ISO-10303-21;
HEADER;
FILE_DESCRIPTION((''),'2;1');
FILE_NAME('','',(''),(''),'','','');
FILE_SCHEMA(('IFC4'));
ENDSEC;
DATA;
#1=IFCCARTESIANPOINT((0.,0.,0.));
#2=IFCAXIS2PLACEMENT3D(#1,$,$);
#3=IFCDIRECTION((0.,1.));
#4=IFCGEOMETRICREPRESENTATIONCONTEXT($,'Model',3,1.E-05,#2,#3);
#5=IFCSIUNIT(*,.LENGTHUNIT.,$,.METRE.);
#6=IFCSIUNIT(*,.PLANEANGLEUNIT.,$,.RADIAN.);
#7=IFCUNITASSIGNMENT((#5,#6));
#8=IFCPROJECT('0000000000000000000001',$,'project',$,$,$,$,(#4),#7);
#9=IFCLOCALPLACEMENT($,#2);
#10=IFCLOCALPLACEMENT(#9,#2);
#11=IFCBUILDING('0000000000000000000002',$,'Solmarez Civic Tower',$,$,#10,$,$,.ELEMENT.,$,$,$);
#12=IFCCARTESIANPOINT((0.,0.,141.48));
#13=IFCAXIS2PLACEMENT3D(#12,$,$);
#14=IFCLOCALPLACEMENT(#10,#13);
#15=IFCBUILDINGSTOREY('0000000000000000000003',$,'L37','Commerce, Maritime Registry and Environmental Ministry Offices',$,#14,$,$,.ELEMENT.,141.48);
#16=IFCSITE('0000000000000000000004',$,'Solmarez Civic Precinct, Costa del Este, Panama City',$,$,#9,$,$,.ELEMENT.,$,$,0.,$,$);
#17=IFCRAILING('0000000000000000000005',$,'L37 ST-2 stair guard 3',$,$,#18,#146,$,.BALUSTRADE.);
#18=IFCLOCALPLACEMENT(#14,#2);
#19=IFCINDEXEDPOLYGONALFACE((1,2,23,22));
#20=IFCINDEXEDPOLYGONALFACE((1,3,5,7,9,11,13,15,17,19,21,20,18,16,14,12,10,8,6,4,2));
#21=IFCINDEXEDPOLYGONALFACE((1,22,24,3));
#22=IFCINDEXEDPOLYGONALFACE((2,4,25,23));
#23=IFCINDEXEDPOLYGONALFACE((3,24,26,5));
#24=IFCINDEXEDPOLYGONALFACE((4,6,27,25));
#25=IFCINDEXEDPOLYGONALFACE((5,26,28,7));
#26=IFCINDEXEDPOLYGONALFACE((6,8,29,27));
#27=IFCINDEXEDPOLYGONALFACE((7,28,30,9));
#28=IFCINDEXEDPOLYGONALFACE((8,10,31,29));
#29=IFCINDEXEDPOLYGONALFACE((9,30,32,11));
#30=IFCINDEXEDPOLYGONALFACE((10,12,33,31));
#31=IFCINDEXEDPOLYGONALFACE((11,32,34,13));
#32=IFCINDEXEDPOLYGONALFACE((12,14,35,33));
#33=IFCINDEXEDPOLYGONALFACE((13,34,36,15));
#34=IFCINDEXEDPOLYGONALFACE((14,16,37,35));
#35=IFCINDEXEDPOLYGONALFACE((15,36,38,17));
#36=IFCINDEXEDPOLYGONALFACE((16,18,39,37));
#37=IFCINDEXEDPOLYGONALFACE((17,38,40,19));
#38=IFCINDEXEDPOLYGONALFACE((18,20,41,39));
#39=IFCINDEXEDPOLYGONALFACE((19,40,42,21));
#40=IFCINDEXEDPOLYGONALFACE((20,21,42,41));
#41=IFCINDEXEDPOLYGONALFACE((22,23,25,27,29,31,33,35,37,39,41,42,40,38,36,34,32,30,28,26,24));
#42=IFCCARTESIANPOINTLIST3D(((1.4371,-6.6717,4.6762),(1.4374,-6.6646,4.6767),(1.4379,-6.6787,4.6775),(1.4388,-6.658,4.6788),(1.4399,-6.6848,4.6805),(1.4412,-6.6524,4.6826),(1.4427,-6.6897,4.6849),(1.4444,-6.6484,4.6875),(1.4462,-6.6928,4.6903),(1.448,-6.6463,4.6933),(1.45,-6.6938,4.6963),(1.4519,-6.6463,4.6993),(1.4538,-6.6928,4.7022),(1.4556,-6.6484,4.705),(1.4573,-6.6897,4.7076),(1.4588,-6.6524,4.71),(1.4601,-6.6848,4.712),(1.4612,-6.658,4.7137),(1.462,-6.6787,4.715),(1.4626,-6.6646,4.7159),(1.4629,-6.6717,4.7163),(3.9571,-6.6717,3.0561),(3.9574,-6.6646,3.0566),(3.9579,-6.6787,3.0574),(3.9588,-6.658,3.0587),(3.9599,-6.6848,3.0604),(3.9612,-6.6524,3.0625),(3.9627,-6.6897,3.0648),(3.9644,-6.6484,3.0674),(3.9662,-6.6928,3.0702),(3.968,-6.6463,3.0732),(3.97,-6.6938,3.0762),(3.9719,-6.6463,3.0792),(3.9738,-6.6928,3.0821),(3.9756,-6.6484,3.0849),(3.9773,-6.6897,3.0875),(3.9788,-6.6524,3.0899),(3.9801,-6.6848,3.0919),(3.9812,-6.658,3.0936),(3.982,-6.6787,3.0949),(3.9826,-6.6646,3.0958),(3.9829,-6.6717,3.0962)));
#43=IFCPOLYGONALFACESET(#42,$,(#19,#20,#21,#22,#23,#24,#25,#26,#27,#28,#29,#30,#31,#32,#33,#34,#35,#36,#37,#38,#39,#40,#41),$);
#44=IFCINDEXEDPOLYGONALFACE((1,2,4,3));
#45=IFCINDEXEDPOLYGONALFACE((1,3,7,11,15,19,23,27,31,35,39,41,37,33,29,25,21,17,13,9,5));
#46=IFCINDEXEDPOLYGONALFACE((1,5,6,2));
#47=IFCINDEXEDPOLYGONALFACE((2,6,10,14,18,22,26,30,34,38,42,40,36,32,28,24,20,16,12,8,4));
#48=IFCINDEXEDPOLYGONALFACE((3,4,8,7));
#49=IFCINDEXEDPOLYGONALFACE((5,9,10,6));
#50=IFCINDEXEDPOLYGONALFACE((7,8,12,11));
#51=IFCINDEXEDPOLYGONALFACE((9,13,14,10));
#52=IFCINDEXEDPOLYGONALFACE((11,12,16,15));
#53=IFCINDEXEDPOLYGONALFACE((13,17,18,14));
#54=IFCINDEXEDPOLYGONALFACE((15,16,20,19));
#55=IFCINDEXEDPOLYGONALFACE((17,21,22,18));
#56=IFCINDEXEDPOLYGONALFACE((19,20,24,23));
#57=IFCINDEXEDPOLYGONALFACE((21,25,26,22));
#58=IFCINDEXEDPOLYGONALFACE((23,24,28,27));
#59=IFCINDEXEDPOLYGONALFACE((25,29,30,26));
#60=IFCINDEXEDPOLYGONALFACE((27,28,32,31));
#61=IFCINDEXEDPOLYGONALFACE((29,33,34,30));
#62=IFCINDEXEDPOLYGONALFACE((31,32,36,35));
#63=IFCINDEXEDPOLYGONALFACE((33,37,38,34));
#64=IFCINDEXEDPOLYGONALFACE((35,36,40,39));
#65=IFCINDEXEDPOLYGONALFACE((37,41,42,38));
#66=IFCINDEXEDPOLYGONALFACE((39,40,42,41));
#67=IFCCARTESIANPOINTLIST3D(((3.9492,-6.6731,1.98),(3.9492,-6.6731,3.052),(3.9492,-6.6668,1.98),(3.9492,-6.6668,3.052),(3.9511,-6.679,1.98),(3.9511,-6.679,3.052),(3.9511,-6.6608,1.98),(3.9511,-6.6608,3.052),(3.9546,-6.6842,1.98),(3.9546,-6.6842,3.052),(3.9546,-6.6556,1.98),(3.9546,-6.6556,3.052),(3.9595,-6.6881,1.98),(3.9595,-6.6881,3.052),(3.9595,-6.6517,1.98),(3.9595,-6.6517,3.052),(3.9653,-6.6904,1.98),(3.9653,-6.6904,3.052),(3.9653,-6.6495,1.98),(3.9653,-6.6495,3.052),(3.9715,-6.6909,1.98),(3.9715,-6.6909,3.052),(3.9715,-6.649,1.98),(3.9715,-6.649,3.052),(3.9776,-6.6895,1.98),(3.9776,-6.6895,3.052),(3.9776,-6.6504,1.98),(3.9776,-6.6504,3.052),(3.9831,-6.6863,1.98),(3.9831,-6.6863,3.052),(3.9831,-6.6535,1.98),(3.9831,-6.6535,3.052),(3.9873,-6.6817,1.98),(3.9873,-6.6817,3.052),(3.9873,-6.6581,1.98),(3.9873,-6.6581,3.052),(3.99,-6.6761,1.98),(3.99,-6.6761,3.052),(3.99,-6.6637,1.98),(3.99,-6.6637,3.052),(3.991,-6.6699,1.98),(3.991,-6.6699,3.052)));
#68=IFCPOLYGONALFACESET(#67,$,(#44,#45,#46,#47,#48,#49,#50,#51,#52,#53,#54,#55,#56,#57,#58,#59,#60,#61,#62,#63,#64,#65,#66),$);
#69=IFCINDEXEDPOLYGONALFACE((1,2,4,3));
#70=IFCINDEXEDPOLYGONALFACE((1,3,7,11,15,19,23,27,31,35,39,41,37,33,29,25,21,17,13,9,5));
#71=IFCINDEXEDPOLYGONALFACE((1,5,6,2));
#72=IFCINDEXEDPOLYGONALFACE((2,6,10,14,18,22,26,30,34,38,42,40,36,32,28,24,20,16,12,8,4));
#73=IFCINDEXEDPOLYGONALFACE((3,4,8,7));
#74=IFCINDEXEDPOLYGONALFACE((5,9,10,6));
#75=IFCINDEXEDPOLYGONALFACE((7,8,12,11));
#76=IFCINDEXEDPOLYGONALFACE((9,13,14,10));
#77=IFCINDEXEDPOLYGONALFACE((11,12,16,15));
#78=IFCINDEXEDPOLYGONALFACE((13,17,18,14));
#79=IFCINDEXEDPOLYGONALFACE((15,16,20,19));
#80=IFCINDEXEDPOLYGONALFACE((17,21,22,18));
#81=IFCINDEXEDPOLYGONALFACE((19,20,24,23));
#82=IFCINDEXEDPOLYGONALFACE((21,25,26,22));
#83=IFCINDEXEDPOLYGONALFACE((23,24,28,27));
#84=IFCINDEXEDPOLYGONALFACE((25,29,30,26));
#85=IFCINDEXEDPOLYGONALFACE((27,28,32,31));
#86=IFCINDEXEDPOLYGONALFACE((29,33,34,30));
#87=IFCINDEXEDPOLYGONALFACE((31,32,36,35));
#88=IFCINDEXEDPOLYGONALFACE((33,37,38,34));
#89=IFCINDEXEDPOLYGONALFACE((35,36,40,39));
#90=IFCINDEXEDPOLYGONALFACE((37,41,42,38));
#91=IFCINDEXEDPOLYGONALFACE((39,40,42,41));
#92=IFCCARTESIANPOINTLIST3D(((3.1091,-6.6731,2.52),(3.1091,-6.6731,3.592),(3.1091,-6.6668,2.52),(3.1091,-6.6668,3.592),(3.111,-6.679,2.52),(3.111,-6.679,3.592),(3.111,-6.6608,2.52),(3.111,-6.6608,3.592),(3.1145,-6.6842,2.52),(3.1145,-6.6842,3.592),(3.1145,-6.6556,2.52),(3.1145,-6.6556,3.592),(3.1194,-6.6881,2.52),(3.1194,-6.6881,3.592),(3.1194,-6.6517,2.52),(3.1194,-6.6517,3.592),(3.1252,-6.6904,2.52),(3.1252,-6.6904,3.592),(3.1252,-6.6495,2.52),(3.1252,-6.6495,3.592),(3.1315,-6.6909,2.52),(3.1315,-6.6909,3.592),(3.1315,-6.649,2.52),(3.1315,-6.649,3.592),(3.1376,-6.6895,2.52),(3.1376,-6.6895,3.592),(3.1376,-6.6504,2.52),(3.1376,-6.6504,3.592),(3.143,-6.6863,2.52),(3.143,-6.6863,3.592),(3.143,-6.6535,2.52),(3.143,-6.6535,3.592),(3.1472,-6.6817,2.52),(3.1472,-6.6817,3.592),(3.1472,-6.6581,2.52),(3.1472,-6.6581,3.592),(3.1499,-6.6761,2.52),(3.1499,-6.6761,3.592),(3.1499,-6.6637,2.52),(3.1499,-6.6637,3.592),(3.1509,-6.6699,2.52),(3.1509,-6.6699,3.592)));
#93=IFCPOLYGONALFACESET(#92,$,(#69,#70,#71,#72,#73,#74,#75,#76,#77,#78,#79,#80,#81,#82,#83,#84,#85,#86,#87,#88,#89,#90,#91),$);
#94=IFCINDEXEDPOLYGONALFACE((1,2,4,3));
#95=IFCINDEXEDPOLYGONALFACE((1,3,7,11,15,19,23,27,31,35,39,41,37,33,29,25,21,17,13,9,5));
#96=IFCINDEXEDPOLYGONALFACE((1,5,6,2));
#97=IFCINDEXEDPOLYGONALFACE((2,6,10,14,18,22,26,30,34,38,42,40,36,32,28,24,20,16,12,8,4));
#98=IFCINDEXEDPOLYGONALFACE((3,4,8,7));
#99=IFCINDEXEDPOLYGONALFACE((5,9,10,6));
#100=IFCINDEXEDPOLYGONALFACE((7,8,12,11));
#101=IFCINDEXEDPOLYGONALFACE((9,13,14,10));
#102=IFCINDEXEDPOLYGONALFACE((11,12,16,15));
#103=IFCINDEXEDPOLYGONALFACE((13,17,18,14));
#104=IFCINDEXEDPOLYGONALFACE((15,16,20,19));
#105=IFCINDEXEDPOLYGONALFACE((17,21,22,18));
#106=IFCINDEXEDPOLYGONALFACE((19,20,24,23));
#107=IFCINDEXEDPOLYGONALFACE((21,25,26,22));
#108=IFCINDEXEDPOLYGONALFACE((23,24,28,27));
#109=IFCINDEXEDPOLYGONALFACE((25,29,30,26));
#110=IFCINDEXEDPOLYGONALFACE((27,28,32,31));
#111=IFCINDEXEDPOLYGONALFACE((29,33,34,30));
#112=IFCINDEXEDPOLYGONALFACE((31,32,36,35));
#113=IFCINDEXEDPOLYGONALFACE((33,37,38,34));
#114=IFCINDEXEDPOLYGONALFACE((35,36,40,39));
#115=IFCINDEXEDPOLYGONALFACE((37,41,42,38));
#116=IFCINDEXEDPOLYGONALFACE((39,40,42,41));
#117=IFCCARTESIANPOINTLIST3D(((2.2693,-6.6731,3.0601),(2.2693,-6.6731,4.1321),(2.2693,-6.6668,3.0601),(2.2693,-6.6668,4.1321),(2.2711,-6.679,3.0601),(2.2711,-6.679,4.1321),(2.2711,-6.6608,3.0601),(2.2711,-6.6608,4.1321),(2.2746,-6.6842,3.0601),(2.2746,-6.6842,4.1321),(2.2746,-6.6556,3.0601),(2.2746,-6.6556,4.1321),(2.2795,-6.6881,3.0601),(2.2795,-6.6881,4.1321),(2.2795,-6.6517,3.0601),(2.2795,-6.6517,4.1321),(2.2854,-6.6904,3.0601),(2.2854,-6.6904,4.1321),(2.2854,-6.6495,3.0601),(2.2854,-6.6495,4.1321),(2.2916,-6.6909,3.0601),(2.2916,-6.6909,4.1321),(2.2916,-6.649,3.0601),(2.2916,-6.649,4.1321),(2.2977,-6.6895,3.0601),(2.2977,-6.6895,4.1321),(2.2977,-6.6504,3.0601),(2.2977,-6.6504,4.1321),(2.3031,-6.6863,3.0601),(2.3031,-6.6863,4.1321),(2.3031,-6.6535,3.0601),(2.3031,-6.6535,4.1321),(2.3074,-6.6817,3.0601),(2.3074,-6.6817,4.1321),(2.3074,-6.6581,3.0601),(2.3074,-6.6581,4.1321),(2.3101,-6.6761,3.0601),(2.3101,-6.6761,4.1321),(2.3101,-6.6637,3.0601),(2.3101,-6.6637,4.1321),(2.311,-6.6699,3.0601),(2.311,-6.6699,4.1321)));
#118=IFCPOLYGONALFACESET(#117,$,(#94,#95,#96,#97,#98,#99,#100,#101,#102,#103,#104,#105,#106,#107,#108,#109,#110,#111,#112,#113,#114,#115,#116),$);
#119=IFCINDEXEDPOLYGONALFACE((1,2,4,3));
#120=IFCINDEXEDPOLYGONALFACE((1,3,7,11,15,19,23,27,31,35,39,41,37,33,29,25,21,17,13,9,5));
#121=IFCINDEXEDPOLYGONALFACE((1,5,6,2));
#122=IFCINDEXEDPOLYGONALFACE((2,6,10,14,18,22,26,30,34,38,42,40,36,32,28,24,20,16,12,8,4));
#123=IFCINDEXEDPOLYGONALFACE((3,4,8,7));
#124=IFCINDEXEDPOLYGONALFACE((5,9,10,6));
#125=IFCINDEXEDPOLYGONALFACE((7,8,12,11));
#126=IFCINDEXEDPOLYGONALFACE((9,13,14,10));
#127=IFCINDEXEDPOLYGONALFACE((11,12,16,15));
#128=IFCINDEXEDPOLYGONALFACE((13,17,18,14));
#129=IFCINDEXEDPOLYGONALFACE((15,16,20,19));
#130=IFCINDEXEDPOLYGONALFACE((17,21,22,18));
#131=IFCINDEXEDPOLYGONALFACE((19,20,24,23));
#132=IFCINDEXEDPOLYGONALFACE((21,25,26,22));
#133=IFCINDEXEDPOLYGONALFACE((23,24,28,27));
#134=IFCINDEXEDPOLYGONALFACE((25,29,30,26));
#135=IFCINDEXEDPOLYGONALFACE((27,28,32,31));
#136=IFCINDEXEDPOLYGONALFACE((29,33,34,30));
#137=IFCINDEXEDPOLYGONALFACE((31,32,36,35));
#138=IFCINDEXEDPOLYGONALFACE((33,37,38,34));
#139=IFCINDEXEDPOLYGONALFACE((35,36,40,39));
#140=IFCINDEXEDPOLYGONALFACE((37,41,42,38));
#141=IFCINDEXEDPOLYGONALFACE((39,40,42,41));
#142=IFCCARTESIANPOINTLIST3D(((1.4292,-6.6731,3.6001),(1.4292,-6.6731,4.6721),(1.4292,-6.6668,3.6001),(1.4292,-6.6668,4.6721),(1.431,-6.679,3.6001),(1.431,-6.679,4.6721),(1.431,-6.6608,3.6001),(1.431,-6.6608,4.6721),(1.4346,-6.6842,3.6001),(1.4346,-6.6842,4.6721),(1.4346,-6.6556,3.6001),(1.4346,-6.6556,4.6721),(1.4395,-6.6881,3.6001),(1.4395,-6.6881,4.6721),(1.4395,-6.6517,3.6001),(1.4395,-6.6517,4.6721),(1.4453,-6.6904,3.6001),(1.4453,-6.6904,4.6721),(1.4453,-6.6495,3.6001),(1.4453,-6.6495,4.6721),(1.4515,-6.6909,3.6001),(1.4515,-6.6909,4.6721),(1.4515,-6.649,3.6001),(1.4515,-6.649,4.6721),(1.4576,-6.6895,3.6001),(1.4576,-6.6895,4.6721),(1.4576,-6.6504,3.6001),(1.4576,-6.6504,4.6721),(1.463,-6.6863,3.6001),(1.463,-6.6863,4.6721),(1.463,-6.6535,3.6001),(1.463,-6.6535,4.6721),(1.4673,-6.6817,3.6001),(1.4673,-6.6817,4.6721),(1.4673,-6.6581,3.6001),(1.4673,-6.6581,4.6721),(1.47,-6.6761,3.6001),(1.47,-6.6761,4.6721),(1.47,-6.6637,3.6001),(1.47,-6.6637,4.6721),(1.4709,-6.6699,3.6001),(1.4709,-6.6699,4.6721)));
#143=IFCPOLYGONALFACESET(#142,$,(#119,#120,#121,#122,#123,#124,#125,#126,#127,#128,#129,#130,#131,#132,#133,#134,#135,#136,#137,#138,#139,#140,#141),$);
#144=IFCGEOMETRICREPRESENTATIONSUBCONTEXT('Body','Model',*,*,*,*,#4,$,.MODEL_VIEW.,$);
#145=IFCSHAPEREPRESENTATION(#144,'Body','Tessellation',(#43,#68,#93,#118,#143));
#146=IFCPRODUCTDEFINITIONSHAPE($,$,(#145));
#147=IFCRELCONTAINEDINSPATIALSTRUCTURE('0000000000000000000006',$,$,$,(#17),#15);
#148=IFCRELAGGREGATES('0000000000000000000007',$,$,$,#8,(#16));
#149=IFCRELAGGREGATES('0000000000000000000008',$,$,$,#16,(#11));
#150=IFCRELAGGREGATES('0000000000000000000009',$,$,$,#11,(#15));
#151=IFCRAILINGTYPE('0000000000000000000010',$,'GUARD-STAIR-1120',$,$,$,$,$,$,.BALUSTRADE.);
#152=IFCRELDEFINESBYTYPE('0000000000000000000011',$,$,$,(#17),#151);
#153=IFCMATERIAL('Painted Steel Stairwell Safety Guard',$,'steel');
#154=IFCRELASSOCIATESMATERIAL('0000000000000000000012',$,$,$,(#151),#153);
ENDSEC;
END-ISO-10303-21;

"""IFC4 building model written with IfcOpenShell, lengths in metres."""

from ifc_helpers import new_model, si_unit, direction, frame, origin, origin_2d, place, context, subcontext, project, spatial, circle, extrude, material, type_object, element, save


model = new_model("IFC4")

# Units and contexts
model_context = context("Model", 3, precision=1e-05, world=origin(), true_north=direction((0.0, 1.0)))
body_context = subcontext(model_context, "Body", "Model", "MODEL_VIEW")
ifc_project = project(units=[si_unit("LENGTHUNIT", "METRE"), si_unit("PLANEANGLEUNIT", "RADIAN")], contexts=[model_context])

# Site, building, storey
site_placement = place(None, origin())
site = spatial("IfcSite", under=ifc_project, at=site_placement, Name="Solmarez Civic Precinct, Costa del Este, Panama City", CompositionType="ELEMENT", RefElevation=0.0)
building_placement = place(site_placement, origin())
building = spatial("IfcBuilding", under=site, at=building_placement, Name="Solmarez Civic Tower", CompositionType="ELEMENT")
storey_placement = place(building_placement, frame((0.0, 0.0, 141.48)))
storey = spatial("IfcBuildingStorey", under=building, at=storey_placement, Name="L37", Description="Commerce, Maritime Registry and Environmental Ministry Offices", CompositionType="ELEMENT", Elevation=141.48)

# Railing
ifc_material_1 = material(Name="Painted Steel Stairwell Safety Guard", Category="steel")
railing_type_1 = type_object("IfcRailingType", Name="GUARD-STAIR-1120", PredefinedType="BALUSTRADE", material=ifc_material_1)
railing_1_placement = place(storey_placement, frame((3.97, -6.6699, 1.98)))
element("IfcRailing", 1, at=railing_1_placement, inside=storey, type_object=railing_type_1, Name="L37 ST-2 stair guard 3", PredefinedType="BALUSTRADE", context=body_context, shape_type="SweptSolid", body=[
    extrude(circle(Radius=0.0239, at=origin_2d()), frame((0.0, 0.0, 1.0962), z_axis=(-0.841163, 0.0, 0.540782), x_axis=(0.0, -1.0, 0.0)), (0.0, 0.0, 1.0), 2.9958),
    extrude(circle(Radius=0.021, at=origin_2d()), origin(), (0.0, 0.0, 1.0), 1.072),
    extrude(circle(Radius=0.021, at=origin_2d()), frame((-0.8401, 0.0, 0.54)), (0.0, 0.0, 1.0), 1.072),
    extrude(circle(Radius=0.021, at=origin_2d()), frame((-1.6799, 0.0, 1.0801)), (0.0, 0.0, 1.0), 1.072),
    extrude(circle(Radius=0.021, at=origin_2d()), frame((-2.52, 0.0, 1.6201)), (0.0, 0.0, 1.0), 1.072),
])

save(model, "model.ifc")
